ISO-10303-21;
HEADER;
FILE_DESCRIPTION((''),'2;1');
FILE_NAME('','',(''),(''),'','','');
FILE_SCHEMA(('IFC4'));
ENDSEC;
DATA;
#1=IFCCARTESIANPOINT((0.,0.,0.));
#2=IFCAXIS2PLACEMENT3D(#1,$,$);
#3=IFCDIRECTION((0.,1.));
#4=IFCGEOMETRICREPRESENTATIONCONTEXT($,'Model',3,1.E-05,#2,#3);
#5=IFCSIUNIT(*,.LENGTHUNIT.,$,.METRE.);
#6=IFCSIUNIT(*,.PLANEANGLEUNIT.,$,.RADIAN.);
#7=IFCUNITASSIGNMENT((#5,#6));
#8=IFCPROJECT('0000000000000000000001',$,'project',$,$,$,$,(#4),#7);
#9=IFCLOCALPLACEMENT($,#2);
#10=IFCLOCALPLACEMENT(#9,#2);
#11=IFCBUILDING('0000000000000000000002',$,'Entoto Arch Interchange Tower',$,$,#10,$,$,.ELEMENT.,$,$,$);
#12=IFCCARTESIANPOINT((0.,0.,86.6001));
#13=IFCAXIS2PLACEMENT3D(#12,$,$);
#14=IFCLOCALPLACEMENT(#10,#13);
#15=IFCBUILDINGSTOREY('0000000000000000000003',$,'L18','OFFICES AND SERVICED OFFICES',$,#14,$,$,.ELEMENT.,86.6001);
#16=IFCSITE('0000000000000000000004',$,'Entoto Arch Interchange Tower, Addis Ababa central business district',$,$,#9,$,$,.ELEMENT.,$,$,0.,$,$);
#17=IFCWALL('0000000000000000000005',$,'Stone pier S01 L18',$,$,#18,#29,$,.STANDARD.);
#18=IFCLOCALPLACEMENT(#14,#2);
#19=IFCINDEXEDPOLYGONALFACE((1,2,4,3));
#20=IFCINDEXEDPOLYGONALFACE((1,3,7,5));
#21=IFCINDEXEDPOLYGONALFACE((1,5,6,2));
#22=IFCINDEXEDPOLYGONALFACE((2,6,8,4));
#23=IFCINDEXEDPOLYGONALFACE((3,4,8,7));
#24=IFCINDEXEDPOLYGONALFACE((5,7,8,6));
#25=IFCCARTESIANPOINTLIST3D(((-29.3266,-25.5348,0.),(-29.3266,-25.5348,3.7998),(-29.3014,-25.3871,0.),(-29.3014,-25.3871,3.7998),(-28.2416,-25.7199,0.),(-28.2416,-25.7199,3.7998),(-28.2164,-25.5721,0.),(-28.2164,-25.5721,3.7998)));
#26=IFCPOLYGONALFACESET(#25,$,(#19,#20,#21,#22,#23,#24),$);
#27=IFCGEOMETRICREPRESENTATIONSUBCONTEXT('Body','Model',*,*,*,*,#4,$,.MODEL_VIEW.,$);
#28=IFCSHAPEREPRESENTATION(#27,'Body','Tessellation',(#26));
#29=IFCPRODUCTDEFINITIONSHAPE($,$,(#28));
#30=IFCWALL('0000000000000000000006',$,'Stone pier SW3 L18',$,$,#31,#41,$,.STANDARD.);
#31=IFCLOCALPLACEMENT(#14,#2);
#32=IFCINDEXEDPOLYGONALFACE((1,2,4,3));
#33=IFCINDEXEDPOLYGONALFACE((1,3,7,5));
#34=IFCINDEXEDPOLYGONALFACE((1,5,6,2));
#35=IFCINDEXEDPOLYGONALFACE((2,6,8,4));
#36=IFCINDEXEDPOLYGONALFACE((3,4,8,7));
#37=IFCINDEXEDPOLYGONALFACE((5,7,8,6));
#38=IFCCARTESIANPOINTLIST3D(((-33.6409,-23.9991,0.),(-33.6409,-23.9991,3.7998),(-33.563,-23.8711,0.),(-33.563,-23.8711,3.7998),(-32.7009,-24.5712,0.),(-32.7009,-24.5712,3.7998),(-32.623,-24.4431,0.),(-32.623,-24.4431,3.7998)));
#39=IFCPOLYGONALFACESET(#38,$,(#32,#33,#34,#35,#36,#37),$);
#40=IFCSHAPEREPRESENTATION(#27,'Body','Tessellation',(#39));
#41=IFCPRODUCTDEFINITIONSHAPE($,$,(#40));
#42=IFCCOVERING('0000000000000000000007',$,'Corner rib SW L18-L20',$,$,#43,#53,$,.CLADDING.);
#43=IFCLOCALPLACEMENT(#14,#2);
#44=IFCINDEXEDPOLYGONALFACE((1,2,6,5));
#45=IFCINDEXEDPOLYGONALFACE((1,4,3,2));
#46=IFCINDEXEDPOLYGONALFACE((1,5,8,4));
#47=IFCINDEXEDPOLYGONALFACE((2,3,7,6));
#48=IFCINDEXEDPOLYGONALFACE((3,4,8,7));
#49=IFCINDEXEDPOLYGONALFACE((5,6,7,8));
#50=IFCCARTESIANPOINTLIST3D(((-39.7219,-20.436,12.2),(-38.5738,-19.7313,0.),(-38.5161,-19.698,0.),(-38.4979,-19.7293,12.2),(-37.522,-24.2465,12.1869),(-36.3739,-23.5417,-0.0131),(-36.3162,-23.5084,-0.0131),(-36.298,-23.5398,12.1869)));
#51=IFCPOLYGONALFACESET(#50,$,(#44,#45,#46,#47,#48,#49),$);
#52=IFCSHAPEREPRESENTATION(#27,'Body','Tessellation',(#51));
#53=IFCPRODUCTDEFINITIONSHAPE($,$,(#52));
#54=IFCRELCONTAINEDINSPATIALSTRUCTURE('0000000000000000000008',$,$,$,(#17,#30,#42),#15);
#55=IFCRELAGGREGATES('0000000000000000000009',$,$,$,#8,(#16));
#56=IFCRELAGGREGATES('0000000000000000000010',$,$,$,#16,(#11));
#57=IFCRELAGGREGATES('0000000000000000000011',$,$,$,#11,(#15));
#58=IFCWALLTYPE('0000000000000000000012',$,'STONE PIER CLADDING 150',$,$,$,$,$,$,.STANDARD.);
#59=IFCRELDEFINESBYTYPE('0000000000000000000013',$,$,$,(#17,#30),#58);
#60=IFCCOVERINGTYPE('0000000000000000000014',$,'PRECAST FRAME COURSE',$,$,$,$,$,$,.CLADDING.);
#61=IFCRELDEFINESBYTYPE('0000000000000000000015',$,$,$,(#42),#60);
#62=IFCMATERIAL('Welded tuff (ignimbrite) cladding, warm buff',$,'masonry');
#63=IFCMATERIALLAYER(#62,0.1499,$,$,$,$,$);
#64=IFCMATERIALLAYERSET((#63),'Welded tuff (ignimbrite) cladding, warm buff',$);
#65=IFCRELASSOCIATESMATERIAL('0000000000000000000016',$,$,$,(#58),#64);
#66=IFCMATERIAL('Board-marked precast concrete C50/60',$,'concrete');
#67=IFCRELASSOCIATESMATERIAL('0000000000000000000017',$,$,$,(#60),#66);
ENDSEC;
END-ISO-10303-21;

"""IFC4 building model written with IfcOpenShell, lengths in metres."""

from ifc_helpers import new_model, si_unit, direction, frame, frame_2d, origin, place, context, subcontext, project, spatial, polyline, rectangle, outline, extrude, material, layer, layer_set, type_object, element, save


model = new_model("IFC4")

# Units and contexts
model_context = context("Model", 3, precision=1e-05, world=origin(), true_north=direction((0.0, 1.0)))
body_context = subcontext(model_context, "Body", "Model", "MODEL_VIEW")
ifc_project = project(units=[si_unit("LENGTHUNIT", "METRE"), si_unit("PLANEANGLEUNIT", "RADIAN")], contexts=[model_context])

# Site, building, storey
site_placement = place(None, origin())
site = spatial("IfcSite", under=ifc_project, at=site_placement, Name="Entoto Arch Interchange Tower, Addis Ababa central business district", CompositionType="ELEMENT", RefElevation=0.0)
building_placement = place(site_placement, origin())
building = spatial("IfcBuilding", under=site, at=building_placement, Name="Entoto Arch Interchange Tower", CompositionType="ELEMENT")
storey_placement = place(building_placement, frame((0.0, 0.0, 86.6001)))
storey = spatial("IfcBuildingStorey", under=building, at=storey_placement, Name="L18", Description="OFFICES AND SERVICED OFFICES", CompositionType="ELEMENT", Elevation=86.6001)

# Shared definitions
ifc_material_1 = material(Name="Board-marked precast concrete C50/60", Category="concrete")

# Shared definitions
ifc_material_2 = material(Name="Welded tuff (ignimbrite) cladding, warm buff", Category="masonry")

# Walls
ifc_layer_1 = layer(ifc_material_2, 0.1499)
ifc_layer_set_1 = layer_set([ifc_layer_1], Name="Welded tuff (ignimbrite) cladding, warm buff")
wall_type_1 = type_object("IfcWallType", Name="STONE PIER CLADDING 150", PredefinedType="STANDARD", material=ifc_layer_set_1)
wall_1_placement = place(storey_placement, frame((-29.314, -25.4609, 0.0), z_axis=(0.0, 0.0, 1.0), x_axis=(0.985763, -0.168139, 0.0)))
element("IfcWall", 1, at=wall_1_placement, inside=storey, type_object=wall_type_1, Name="Stone pier S01 L18", PredefinedType="STANDARD", context=body_context, shape_type="SweptSolid", body=[
    extrude(rectangle(XDim=1.1006, YDim=0.1499, at=frame_2d((0.5503, 0.0))), origin(), (0.0, 0.0, 1.0), 3.7998),
])
wall_2_placement = place(storey_placement, frame((-33.6021, -23.9351, 0.0), z_axis=(0.0, 0.0, 1.0), x_axis=(0.854246, -0.51987, 0.0)))
element("IfcWall", 2, at=wall_2_placement, inside=storey, type_object=wall_type_1, Name="Stone pier SW3 L18", PredefinedType="STANDARD", context=body_context, shape_type="SweptSolid", body=[
    extrude(rectangle(XDim=1.1003, YDim=0.1499, at=frame_2d((0.5503, 0.0))), origin(), (0.0, 0.0, 1.0), 3.7998),
])

# Covering
covering_type = type_object("IfcCoveringType", Name="PRECAST FRAME COURSE", PredefinedType="CLADDING", material=ifc_material_1)
covering_1_placement = place(storey_placement, frame((-38.5161, -19.698, 0.0), z_axis=(-0.499987, 0.866028, 0.002973), x_axis=(-0.866032, -0.499989, -0.000017)))
element("IfcCovering", 3, at=covering_1_placement, inside=storey, type_object=covering_type, Name="Corner rib SW L18-L20", PredefinedType="CLADDING", context=body_context, shape_type="SweptSolid", body=[
    extrude(outline(polyline([(0.0, 0.0), (0.0666, 0.0), (1.4131, 12.2), (-0.0004, 12.2), (0.0, 0.0)])), origin(), (0.0, 0.0, -1.0), 4.3999),
])

save(model, "model.ifc")
